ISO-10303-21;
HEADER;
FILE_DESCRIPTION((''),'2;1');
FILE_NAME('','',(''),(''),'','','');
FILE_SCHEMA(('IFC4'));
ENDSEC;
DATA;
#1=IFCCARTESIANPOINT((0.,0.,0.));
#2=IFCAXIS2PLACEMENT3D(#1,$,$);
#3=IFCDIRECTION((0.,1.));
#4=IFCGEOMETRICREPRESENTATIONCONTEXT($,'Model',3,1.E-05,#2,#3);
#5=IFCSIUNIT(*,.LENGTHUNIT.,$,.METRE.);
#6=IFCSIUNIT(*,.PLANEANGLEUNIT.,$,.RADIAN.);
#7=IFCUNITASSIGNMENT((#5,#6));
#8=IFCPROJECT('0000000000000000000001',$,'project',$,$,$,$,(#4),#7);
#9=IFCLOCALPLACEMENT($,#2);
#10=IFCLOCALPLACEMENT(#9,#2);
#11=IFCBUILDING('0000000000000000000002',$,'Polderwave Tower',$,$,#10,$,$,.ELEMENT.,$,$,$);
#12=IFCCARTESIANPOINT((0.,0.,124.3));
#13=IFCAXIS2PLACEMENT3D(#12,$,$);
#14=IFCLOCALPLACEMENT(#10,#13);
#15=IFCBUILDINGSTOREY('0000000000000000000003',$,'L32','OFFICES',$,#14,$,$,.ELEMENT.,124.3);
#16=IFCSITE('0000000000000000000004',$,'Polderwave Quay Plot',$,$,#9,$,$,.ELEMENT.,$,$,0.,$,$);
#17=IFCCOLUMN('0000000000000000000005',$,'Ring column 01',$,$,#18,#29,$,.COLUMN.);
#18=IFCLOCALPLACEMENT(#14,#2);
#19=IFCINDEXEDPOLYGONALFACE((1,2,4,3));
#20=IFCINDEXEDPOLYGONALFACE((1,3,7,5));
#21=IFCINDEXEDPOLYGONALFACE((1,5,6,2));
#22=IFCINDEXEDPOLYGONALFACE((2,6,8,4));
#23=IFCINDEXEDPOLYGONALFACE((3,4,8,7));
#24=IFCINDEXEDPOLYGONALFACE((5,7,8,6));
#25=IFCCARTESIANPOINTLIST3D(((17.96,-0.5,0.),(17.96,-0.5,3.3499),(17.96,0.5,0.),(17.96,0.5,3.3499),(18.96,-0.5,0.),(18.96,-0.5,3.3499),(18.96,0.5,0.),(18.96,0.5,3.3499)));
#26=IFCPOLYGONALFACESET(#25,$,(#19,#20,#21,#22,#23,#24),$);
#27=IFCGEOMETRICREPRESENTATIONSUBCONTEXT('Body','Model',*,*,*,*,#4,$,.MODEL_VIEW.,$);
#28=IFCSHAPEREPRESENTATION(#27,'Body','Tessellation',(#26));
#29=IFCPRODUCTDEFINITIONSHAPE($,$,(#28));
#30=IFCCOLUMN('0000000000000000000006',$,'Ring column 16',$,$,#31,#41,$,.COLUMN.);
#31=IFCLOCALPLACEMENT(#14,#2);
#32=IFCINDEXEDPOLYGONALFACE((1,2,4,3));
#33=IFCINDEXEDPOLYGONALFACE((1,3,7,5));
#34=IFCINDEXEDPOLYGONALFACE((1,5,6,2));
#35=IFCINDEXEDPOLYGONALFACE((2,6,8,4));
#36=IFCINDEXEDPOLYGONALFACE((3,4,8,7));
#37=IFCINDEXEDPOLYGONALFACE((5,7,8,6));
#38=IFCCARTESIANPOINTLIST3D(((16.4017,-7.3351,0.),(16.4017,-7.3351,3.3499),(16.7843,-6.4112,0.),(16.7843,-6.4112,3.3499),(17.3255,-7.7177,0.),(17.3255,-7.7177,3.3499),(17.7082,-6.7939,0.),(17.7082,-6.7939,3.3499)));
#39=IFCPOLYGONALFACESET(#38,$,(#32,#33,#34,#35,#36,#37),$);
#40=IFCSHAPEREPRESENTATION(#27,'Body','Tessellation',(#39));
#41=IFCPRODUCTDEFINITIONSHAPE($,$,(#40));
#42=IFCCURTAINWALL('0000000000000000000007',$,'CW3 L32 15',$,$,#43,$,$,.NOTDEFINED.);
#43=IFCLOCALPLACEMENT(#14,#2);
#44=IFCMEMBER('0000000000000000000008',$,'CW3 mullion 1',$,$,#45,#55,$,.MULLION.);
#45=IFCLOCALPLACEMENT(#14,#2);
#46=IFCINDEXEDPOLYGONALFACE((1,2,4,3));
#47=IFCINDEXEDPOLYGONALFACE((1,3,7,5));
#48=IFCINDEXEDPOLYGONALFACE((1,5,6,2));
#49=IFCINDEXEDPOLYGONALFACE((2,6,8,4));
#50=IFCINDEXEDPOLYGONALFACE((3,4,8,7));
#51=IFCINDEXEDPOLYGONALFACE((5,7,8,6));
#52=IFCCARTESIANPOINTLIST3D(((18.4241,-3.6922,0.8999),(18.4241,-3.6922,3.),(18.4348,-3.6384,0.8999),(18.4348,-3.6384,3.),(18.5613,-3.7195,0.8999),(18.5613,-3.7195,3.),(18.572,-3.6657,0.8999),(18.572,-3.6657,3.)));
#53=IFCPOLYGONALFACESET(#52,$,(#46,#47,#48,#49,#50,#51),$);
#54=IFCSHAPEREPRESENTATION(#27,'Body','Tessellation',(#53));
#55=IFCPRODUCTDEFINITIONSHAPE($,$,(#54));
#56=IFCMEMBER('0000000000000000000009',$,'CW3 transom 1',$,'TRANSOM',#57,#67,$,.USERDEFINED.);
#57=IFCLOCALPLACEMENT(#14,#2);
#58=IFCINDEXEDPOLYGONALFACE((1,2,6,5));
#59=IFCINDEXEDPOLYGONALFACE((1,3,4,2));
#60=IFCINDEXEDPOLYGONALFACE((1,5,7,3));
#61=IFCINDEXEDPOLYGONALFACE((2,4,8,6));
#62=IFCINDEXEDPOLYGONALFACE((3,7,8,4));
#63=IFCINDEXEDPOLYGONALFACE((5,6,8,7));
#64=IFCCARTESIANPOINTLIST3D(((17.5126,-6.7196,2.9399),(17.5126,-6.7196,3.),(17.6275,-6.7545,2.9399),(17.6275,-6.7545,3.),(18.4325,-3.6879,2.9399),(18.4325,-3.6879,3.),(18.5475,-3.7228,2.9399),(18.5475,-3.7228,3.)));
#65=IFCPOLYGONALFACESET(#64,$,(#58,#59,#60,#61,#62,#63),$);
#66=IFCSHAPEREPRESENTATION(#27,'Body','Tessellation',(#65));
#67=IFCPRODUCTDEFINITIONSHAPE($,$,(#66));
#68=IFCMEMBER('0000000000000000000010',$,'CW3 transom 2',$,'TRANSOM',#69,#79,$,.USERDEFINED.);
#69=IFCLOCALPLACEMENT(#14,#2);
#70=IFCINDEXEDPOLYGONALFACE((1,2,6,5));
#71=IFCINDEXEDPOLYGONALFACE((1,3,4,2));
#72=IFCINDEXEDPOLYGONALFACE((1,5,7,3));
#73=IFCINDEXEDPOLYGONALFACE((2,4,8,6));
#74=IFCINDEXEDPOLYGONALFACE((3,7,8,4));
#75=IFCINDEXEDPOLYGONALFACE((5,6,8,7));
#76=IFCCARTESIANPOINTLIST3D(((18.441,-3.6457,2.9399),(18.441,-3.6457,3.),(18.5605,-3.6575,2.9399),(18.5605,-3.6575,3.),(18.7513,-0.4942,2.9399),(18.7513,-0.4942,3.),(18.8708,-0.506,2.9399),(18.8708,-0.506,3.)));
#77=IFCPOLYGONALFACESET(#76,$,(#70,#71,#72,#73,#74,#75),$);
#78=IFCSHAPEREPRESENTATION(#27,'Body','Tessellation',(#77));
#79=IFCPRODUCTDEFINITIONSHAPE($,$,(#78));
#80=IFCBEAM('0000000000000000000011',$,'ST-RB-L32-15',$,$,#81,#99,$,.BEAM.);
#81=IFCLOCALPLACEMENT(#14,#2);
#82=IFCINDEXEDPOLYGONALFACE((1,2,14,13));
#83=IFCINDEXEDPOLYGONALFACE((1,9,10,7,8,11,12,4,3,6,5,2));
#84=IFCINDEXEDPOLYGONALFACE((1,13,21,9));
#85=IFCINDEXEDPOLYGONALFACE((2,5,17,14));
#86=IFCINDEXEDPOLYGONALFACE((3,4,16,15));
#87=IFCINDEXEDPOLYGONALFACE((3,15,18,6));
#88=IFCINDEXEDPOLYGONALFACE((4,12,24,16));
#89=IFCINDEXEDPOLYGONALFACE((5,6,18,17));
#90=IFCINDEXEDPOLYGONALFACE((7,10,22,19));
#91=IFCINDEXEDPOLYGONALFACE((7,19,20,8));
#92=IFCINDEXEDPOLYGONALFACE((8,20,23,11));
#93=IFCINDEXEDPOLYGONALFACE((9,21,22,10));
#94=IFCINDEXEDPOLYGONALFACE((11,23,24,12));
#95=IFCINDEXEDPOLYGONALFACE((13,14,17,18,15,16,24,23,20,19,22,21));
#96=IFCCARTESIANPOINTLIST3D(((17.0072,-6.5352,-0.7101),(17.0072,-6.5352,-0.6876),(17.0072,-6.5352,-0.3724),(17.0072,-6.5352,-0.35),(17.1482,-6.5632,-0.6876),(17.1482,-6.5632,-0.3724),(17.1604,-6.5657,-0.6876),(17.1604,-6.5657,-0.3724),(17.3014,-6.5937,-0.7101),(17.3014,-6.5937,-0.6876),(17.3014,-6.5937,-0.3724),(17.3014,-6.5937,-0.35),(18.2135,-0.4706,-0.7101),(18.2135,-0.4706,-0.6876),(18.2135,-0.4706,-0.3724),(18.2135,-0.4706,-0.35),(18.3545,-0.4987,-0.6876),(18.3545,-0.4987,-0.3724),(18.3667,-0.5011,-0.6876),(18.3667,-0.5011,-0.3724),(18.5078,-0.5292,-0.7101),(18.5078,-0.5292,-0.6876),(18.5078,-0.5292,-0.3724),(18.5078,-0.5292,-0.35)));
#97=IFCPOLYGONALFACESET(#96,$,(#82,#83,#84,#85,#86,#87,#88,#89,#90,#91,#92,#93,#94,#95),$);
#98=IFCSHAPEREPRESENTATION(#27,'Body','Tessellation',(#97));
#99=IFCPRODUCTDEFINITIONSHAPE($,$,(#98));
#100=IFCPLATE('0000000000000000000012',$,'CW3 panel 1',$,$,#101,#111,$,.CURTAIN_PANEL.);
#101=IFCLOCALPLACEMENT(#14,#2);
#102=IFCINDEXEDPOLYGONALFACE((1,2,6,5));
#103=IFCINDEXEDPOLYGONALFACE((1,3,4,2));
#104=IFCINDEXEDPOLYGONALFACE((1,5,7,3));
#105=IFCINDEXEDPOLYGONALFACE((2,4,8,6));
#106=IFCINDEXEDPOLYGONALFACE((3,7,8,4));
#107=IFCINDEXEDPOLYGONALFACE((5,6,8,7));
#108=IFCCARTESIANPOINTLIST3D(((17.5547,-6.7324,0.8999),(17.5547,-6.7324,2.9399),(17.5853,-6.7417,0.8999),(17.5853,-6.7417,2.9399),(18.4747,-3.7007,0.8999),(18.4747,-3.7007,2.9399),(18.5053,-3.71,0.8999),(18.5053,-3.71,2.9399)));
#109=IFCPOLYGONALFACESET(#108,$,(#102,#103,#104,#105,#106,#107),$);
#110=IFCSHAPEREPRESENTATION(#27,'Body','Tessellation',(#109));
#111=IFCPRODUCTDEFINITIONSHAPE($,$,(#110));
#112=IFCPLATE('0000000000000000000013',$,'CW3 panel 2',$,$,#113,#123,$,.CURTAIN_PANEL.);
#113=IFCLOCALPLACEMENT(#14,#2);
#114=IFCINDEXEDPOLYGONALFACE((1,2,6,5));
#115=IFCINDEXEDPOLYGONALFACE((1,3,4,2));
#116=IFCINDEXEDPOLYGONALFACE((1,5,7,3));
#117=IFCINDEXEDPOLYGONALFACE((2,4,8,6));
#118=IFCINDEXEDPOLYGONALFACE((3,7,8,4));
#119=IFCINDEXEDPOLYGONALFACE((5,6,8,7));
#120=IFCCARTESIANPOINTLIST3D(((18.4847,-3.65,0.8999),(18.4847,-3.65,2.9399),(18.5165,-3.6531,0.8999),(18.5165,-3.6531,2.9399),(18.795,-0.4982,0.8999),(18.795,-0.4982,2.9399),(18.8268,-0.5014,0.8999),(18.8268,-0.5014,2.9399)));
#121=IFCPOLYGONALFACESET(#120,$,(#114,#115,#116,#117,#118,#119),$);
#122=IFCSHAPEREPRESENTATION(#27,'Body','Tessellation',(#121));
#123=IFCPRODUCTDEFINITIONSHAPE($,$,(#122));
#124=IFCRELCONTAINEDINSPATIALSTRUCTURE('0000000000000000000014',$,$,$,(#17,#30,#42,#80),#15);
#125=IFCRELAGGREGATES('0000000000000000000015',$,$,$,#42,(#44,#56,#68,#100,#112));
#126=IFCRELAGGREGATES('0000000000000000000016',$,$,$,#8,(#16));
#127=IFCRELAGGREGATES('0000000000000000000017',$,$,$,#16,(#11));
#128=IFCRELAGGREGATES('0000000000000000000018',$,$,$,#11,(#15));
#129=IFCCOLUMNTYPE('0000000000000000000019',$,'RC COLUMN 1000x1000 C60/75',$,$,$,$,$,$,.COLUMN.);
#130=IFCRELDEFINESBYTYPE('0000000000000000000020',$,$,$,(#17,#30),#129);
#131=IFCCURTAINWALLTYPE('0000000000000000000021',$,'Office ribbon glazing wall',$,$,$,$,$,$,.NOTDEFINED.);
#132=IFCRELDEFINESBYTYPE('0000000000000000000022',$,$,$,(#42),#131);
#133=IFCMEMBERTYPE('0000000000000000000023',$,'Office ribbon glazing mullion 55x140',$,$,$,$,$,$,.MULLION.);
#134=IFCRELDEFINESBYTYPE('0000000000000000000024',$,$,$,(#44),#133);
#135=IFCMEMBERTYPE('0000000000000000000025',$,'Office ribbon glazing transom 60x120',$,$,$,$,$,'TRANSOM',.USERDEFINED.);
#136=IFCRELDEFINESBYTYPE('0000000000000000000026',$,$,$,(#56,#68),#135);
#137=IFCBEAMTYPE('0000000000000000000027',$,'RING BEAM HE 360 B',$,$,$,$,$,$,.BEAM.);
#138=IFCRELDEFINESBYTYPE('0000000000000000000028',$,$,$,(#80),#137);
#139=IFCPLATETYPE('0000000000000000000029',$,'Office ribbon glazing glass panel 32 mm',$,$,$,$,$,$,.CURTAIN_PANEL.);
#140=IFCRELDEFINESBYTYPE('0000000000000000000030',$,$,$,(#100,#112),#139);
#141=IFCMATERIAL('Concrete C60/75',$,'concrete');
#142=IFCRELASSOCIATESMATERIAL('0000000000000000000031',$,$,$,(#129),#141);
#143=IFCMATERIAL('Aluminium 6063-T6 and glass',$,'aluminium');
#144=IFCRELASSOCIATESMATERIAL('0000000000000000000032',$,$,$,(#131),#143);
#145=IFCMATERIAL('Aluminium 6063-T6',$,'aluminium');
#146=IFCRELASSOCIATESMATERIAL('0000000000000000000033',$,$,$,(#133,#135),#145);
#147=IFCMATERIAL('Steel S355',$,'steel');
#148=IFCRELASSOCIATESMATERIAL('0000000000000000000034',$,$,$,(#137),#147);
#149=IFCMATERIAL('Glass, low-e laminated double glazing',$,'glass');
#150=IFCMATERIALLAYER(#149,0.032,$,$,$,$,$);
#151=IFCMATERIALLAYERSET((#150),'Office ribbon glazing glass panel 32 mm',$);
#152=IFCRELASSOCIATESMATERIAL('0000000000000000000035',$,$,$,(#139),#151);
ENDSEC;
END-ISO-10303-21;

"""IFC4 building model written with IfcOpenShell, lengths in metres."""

from ifc_helpers import new_model, si_unit, direction, frame, origin, origin_2d, place, context, subcontext, project, spatial, rectangle, i_section, extrude, material, layer, layer_set, material_profile, profile_set, type_object, element, aggregate, save


model = new_model("IFC4")

# Units and contexts
model_context = context("Model", 3, precision=1e-05, world=origin(), true_north=direction((0.0, 1.0)))
body_context = subcontext(model_context, "Body", "Model", "MODEL_VIEW")
ifc_project = project(units=[si_unit("LENGTHUNIT", "METRE"), si_unit("PLANEANGLEUNIT", "RADIAN")], contexts=[model_context])

# Site, building, storey
site_placement = place(None, origin())
site = spatial("IfcSite", under=ifc_project, at=site_placement, Name="Polderwave Quay Plot", CompositionType="ELEMENT", RefElevation=0.0)
building_placement = place(site_placement, origin())
building = spatial("IfcBuilding", under=site, at=building_placement, Name="Polderwave Tower", CompositionType="ELEMENT")
storey_placement = place(building_placement, frame((0.0, 0.0, 124.3)))
storey = spatial("IfcBuildingStorey", under=building, at=storey_placement, Name="L32", Description="OFFICES", CompositionType="ELEMENT", Elevation=124.3)

# Columns
ifc_material_1 = material(Name="Concrete C60/75", Category="concrete")
ifc_material_profile_1 = material_profile(ifc_material_1, rectangle(XDim=1.0, YDim=1.0, at=origin_2d()), Name="RC 1000x1000")
ifc_profile_set_1 = profile_set([ifc_material_profile_1], Name="Concrete C60/75")
column_type = type_object("IfcColumnType", Name="RC COLUMN 1000x1000 C60/75", PredefinedType="COLUMN", material=ifc_profile_set_1)
for number, where, z_axis, x_axis, name in (
    (1, (18.46, 0.0, 0.0), (0.0, 0.0, 1.0), (1.0, 0.0, 0.0), "Ring column 01"),
    (2, (17.0549, -7.0645, 0.0), (0.0, 0.0, 1.0), (0.92388, -0.382683, 0.0), "Ring column 16"),
):
    element("IfcColumn", number, at=place(storey_placement, frame(where, z_axis=z_axis, x_axis=x_axis)), inside=storey, type_object=column_type, Name=name, PredefinedType="COLUMN", context=body_context, shape_type="SweptSolid", body=[
        extrude(rectangle(XDim=1.0, YDim=1.0, at=origin_2d()), origin(), (0.0, 0.0, 1.0), 3.3499),
    ])

# Curtain wall, members
ifc_material_2 = material(Name="Aluminium 6063-T6 and glass", Category="aluminium")
curtain_wall_type = type_object("IfcCurtainWallType", Name="Office ribbon glazing wall", PredefinedType="NOTDEFINED", material=ifc_material_2)
curtain_wall_placement = place(storey_placement, origin())
curtain_wall = element("IfcCurtainWall", 3, at=curtain_wall_placement, inside=storey, type_object=curtain_wall_type, Name="CW3 L32 15", PredefinedType="NOTDEFINED")
ifc_material_3 = material(Name="Aluminium 6063-T6", Category="aluminium")
ifc_material_profile_2 = material_profile(ifc_material_3, rectangle(XDim=0.1399, YDim=0.0549, at=origin_2d()), Name="AL 55x140")
ifc_profile_set_2 = profile_set([ifc_material_profile_2], Name="Aluminium 6063-T6")
member_type_1 = type_object("IfcMemberType", Name="Office ribbon glazing mullion 55x140", PredefinedType="MULLION", material=ifc_profile_set_2)
member_1_placement = place(storey_placement, frame((18.498, -3.679, 0.8999), z_axis=(0.0, 0.0, 1.0), x_axis=(-0.980778, 0.195128, 0.0)))
member_1 = element("IfcMember", 4, at=member_1_placement, type_object=member_type_1, Name="CW3 mullion 1", PredefinedType="MULLION", context=body_context, shape_type="SweptSolid", body=[
    extrude(rectangle(XDim=0.1399, YDim=0.0549, at=origin_2d()), origin(), (0.0, 0.0, 1.0), 2.1001),
])
ifc_material_profile_3 = material_profile(ifc_material_3, rectangle(XDim=0.1201, YDim=0.0601, at=origin_2d()), Name="AL 60x120")
ifc_profile_set_3 = profile_set([ifc_material_profile_3], Name="Aluminium 6063-T6")
member_type_2 = type_object("IfcMemberType", Name="Office ribbon glazing transom 60x120", ElementType="TRANSOM", PredefinedType="USERDEFINED", material=ifc_profile_set_3)
member_2_placement = place(storey_placement, frame((17.5701, -6.7371, 2.97), z_axis=(0.290358, 0.956918, 0.0), x_axis=(-0.956918, 0.290358, 0.0)))
member_2 = element("IfcMember", 5, at=member_2_placement, type_object=member_type_2, Name="CW3 transom 1", ObjectType="TRANSOM", PredefinedType="USERDEFINED", context=body_context, shape_type="SweptSolid", body=[
    extrude(rectangle(XDim=0.1201, YDim=0.0601, at=origin_2d()), origin(), (0.0, 0.0, 1.0), 3.1682),
])
member_3_placement = place(storey_placement, frame((18.5007, -3.6516, 2.97), z_axis=(0.097985, 0.995188, 0.0), x_axis=(-0.995188, 0.097985, 0.0)))
member_3 = element("IfcMember", 6, at=member_3_placement, type_object=member_type_2, Name="CW3 transom 2", ObjectType="TRANSOM", PredefinedType="USERDEFINED", context=body_context, shape_type="SweptSolid", body=[
    extrude(rectangle(XDim=0.1201, YDim=0.0601, at=origin_2d()), origin(), (0.0, 0.0, 1.0), 3.1667),
])

# Beam
ifc_material_4 = material(Name="Steel S355", Category="steel")
ifc_material_profile_4 = material_profile(ifc_material_4, i_section(OverallWidth=0.3, OverallDepth=0.3601, WebThickness=0.0125, FlangeThickness=0.0225, at=origin_2d()), Name="HE 360 B")
ifc_profile_set_4 = profile_set([ifc_material_profile_4], Name="Steel S355")
beam_type = type_object("IfcBeamType", Name="RING BEAM HE 360 B", PredefinedType="BEAM", material=ifc_profile_set_4)
beam_placement = place(storey_placement, frame((17.1543, -6.5645, -0.53), z_axis=(0.195091, 0.980785, 0.0), x_axis=(-0.980785, 0.195091, 0.0)))
element("IfcBeam", 7, at=beam_placement, inside=storey, type_object=beam_type, Name="ST-RB-L32-15", PredefinedType="BEAM", context=body_context, shape_type="SweptSolid", body=[
    extrude(i_section(OverallWidth=0.3, OverallDepth=0.3601, WebThickness=0.0125, FlangeThickness=0.0225, at=origin_2d()), origin(), (0.0, 0.0, 1.0), 6.1833),
])

# Plates
ifc_material_5 = material(Name="Glass, low-e laminated double glazing", Category="glass")
ifc_layer_1 = layer(ifc_material_5, 0.032)
ifc_layer_set_1 = layer_set([ifc_layer_1], Name="Office ribbon glazing glass panel 32 mm")
plate_type = type_object("IfcPlateType", Name="Office ribbon glazing glass panel 32 mm", PredefinedType="CURTAIN_PANEL", material=ifc_layer_set_1)
plate_1_placement = place(storey_placement, frame((18.03, -5.2212, 0.8999), z_axis=(0.0, 0.0, 1.0), x_axis=(0.29039, 0.956908, 0.0)))
plate_1 = element("IfcPlate", 8, at=plate_1_placement, type_object=plate_type, Name="CW3 panel 1", PredefinedType="CURTAIN_PANEL", context=body_context, shape_type="SweptSolid", body=[
    extrude(rectangle(XDim=3.1682, YDim=0.032, at=origin_2d()), origin(), (0.0, 0.0, 1.0), 2.04),
])
plate_2_placement = place(storey_placement, frame((18.6558, -2.0757, 0.8999), z_axis=(0.0, 0.0, 1.0), x_axis=(0.097984, 0.995188, 0.0)))
plate_2 = element("IfcPlate", 9, at=plate_2_placement, type_object=plate_type, Name="CW3 panel 2", PredefinedType="CURTAIN_PANEL", context=body_context, shape_type="SweptSolid", body=[
    extrude(rectangle(XDim=3.167, YDim=0.032, at=origin_2d()), origin(), (0.0, 0.0, 1.0), 2.04),
])
aggregate(curtain_wall, [member_1, member_2, member_3, plate_1, plate_2])

save(model, "model.ifc")
